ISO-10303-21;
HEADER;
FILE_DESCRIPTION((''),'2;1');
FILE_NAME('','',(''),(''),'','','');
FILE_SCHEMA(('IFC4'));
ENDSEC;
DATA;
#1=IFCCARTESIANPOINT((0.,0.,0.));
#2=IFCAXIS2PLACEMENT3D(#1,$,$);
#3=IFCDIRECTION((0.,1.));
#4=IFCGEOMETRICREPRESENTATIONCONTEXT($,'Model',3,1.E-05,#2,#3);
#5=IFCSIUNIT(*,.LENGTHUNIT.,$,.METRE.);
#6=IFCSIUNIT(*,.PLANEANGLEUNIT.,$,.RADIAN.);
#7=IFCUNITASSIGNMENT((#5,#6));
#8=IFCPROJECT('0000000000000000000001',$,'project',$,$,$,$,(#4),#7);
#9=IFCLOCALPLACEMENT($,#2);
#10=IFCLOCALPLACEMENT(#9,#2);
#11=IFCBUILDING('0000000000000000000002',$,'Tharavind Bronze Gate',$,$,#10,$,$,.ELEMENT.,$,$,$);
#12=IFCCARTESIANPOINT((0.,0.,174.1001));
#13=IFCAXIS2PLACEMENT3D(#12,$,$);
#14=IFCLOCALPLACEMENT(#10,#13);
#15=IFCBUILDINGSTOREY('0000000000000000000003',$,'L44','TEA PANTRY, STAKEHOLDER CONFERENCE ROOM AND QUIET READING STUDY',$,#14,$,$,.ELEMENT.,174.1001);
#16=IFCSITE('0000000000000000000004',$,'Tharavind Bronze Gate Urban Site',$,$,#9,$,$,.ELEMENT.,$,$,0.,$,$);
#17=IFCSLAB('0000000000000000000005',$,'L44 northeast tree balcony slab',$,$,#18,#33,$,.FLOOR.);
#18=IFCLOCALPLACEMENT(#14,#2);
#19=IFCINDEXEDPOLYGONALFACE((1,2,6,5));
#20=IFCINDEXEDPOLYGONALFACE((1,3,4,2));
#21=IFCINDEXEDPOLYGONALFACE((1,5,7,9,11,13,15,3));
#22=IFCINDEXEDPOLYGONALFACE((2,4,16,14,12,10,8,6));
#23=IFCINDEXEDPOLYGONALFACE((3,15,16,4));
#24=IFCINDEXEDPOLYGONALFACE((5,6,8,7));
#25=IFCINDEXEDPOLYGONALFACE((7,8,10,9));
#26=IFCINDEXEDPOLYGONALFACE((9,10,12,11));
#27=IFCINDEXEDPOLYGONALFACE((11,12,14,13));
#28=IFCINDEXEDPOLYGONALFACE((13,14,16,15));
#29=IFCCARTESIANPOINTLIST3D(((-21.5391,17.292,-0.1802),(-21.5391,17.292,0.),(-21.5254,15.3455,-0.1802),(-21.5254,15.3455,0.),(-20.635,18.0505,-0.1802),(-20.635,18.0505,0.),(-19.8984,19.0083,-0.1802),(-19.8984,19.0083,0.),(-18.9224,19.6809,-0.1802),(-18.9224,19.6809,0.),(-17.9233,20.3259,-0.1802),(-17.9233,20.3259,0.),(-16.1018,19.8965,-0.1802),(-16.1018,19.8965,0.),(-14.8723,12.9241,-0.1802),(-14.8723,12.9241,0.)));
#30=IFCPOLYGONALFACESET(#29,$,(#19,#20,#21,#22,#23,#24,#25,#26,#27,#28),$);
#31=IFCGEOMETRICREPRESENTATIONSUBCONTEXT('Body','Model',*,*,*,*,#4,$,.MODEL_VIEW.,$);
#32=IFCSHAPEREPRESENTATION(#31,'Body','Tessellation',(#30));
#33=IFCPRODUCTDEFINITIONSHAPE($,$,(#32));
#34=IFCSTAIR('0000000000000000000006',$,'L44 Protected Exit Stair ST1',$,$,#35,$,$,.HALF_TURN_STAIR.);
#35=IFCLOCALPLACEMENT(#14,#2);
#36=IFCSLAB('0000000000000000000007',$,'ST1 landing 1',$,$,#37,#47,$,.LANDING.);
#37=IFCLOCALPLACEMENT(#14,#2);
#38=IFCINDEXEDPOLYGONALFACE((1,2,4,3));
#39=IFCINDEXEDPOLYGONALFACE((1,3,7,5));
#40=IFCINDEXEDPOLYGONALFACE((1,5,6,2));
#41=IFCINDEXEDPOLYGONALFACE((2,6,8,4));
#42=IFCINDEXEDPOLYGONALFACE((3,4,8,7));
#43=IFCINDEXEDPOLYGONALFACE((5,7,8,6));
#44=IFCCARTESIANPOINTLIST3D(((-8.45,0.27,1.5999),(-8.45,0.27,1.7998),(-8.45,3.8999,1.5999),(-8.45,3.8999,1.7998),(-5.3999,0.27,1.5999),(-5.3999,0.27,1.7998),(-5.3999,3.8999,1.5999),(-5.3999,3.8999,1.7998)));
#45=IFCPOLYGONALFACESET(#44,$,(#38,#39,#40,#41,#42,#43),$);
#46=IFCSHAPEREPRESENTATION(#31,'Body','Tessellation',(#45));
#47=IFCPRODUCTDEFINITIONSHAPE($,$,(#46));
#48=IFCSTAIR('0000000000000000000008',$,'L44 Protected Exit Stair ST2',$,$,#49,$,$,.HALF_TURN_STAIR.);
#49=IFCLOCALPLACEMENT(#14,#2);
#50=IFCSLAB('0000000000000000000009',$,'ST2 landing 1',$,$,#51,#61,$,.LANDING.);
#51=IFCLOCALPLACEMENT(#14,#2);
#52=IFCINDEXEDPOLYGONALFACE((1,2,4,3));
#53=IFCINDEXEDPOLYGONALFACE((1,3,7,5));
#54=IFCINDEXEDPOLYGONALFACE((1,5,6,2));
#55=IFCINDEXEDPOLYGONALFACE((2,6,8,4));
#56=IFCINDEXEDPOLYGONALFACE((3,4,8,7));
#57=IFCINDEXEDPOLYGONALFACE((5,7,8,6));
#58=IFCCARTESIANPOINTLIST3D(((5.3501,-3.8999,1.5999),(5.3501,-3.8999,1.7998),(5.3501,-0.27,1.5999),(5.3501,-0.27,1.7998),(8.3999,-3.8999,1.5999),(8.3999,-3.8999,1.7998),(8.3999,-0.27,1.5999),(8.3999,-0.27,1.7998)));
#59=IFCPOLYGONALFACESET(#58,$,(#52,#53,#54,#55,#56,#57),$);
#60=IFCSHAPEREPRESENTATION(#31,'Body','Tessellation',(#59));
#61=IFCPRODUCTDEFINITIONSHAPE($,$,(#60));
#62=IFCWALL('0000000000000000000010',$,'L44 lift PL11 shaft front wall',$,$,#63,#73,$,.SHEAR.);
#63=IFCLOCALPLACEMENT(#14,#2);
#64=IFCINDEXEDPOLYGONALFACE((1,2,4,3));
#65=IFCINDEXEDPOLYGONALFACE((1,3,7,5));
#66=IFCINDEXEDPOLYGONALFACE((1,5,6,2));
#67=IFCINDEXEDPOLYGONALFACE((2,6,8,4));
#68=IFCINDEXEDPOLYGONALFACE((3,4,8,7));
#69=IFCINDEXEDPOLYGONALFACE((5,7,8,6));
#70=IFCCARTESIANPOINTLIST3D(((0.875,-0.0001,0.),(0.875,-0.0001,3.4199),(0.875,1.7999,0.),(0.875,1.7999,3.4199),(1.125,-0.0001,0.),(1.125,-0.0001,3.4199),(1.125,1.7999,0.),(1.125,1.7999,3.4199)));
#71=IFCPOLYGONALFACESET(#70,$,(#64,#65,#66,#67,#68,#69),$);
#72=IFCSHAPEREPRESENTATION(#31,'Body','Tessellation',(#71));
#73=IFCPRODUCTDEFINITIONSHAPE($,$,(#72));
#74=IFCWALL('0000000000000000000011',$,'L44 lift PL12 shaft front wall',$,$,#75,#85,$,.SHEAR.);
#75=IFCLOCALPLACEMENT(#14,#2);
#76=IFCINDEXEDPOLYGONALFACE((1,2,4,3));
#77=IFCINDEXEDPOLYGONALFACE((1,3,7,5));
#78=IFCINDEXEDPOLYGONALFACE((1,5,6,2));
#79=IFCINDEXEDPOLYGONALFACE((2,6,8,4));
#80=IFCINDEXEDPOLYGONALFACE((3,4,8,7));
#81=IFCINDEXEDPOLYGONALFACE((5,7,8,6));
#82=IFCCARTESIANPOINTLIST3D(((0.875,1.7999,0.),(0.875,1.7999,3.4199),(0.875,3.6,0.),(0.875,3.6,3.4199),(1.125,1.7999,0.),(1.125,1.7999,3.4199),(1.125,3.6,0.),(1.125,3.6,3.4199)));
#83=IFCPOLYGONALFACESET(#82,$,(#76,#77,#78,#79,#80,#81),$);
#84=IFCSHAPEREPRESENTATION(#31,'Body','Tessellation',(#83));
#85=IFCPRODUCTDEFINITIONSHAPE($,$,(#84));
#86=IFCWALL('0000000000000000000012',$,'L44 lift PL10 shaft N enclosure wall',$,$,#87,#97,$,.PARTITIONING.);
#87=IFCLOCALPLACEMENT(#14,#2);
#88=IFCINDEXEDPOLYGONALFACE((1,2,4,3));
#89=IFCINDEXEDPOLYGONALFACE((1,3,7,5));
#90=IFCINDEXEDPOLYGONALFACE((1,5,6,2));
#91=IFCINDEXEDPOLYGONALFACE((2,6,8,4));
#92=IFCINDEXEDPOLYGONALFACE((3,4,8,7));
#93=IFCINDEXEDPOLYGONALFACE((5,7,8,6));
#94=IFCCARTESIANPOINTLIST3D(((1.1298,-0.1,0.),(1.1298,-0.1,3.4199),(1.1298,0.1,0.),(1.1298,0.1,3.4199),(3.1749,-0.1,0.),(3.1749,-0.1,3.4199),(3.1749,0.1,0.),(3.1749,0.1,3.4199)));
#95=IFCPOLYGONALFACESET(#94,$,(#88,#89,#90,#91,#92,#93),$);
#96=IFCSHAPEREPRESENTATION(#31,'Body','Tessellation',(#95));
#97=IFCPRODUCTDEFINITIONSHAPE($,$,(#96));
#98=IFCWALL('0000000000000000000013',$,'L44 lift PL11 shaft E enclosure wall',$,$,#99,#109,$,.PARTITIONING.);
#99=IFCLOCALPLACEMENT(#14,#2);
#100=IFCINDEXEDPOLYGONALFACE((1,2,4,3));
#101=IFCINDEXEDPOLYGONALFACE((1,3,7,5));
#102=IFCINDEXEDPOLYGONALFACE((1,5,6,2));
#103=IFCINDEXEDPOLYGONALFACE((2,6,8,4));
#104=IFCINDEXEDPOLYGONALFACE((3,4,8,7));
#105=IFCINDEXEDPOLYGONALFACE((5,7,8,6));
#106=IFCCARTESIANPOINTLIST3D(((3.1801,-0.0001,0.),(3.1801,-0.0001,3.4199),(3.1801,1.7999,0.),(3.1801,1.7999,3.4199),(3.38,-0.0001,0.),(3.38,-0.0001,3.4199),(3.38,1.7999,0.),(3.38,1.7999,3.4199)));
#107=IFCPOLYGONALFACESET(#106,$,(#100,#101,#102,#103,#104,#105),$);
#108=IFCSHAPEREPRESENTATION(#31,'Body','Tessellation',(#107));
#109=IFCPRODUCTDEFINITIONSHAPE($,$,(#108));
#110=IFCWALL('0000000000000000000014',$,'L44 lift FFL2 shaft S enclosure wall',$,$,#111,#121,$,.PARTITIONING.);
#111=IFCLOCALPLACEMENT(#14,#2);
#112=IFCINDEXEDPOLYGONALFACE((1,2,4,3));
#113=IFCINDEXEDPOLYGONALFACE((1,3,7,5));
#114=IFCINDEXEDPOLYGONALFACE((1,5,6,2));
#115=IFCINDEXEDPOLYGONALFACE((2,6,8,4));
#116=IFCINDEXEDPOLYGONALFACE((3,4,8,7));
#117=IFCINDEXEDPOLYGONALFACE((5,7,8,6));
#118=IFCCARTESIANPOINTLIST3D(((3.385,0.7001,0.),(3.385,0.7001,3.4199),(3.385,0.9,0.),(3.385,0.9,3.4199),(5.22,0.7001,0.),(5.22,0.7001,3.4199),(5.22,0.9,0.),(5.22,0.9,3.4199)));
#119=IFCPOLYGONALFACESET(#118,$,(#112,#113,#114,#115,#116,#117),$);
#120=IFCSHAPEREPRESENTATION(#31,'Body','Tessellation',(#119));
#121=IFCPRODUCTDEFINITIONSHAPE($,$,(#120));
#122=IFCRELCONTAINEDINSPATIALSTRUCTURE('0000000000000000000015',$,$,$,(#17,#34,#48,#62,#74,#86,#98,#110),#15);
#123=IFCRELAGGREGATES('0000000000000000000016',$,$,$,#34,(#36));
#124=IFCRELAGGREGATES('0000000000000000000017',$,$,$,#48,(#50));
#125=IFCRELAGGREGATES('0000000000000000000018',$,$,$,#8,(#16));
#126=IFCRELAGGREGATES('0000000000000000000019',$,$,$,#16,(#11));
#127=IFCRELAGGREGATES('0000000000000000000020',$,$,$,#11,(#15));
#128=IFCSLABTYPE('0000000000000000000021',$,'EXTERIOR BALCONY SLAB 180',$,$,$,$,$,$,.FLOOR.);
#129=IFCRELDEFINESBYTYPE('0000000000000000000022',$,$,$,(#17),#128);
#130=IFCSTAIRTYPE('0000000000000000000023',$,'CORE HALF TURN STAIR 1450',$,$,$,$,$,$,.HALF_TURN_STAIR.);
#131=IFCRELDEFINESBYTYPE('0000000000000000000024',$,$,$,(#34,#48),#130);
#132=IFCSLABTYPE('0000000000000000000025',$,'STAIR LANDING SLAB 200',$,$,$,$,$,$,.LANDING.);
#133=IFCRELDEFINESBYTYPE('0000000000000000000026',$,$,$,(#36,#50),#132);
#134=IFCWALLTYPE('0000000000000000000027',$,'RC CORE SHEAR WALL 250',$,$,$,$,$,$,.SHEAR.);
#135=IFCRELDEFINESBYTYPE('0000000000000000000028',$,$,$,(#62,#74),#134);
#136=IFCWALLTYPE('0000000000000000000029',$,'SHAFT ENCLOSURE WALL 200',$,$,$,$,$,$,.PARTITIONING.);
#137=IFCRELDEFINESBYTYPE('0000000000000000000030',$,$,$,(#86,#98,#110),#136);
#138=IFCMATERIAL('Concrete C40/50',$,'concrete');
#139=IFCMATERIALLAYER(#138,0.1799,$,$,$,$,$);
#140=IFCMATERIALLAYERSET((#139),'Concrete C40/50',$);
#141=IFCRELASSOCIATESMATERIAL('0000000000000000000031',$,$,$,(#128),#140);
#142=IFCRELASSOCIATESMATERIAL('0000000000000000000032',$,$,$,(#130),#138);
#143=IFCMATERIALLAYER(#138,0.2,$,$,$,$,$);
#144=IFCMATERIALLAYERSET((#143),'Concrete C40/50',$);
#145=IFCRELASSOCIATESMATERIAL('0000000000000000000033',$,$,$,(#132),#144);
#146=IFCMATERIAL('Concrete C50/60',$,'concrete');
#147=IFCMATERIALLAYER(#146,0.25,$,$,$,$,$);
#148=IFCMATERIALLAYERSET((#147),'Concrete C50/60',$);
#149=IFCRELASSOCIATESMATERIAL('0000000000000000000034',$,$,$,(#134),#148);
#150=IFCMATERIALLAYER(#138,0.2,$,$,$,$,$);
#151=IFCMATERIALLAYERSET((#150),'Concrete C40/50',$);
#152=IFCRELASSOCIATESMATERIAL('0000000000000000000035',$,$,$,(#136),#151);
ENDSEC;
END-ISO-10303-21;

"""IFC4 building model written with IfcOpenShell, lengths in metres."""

from ifc_helpers import new_model, si_unit, direction, frame, frame_2d, origin, place, context, subcontext, project, spatial, polyline, rectangle, outline, extrude, material, layer, layer_set, type_object, element, aggregate, save


model = new_model("IFC4")

# Units and contexts
model_context = context("Model", 3, precision=1e-05, world=origin(), true_north=direction((0.0, 1.0)))
body_context = subcontext(model_context, "Body", "Model", "MODEL_VIEW")
ifc_project = project(units=[si_unit("LENGTHUNIT", "METRE"), si_unit("PLANEANGLEUNIT", "RADIAN")], contexts=[model_context])

# Site, building, storey
site_placement = place(None, origin())
site = spatial("IfcSite", under=ifc_project, at=site_placement, Name="Tharavind Bronze Gate Urban Site", CompositionType="ELEMENT", RefElevation=0.0)
building_placement = place(site_placement, origin())
building = spatial("IfcBuilding", under=site, at=building_placement, Name="Tharavind Bronze Gate", CompositionType="ELEMENT")
storey_placement = place(building_placement, frame((0.0, 0.0, 174.1001)))
storey = spatial("IfcBuildingStorey", under=building, at=storey_placement, Name="L44", Description="TEA PANTRY, STAKEHOLDER CONFERENCE ROOM AND QUIET READING STUDY", CompositionType="ELEMENT", Elevation=174.1001)

# Slab
ifc_material_1 = material(Name="Concrete C40/50", Category="concrete")
ifc_layer_1 = layer(ifc_material_1, 0.1799)
ifc_layer_set_1 = layer_set([ifc_layer_1], Name="Concrete C40/50")
slab_type_1 = type_object("IfcSlabType", Name="EXTERIOR BALCONY SLAB 180", PredefinedType="FLOOR", material=ifc_layer_set_1)
slab_1_placement = place(storey_placement, frame((0.0, 0.0, -0.1802)))
element("IfcSlab", 1, at=slab_1_placement, inside=storey, type_object=slab_type_1, Name="L44 northeast tree balcony slab", PredefinedType="FLOOR", context=body_context, shape_type="SweptSolid", body=[
    extrude(outline(polyline([(-17.9233, 20.3259), (-18.9224, 19.6809), (-19.8984, 19.0083), (-20.635, 18.0505), (-21.5391, 17.292), (-21.5254, 15.3455), (-14.8723, 12.9241), (-16.1018, 19.8965), (-17.9233, 20.3259)])), origin(), (0.0, 0.0, 1.0), 0.1802),
])

# Stairs, slabs
stair_type = type_object("IfcStairType", Name="CORE HALF TURN STAIR 1450", PredefinedType="HALF_TURN_STAIR", material=ifc_material_1)
stair_1_placement = place(storey_placement, origin())
stair_1 = element("IfcStair", 2, at=stair_1_placement, inside=storey, type_object=stair_type, Name="L44 Protected Exit Stair ST1", PredefinedType="HALF_TURN_STAIR")
ifc_layer_2 = layer(ifc_material_1, 0.2)
ifc_layer_set_2 = layer_set([ifc_layer_2], Name="Concrete C40/50")
slab_type_2 = type_object("IfcSlabType", Name="STAIR LANDING SLAB 200", PredefinedType="LANDING", material=ifc_layer_set_2)
slab_2_placement = place(storey_placement, frame((0.0, 0.0, 1.5999)))
slab_2 = element("IfcSlab", 3, at=slab_2_placement, type_object=slab_type_2, Name="ST1 landing 1", PredefinedType="LANDING", context=body_context, shape_type="SweptSolid", body=[
    extrude(outline(polyline([(-5.3999, 0.27), (-5.3999, 3.8999), (-8.45, 3.8999), (-8.45, 0.27), (-5.3999, 0.27)])), origin(), (0.0, 0.0, 1.0), 0.2),
])
aggregate(stair_1, [slab_2])
stair_2_placement = place(storey_placement, origin())
stair_2 = element("IfcStair", 4, at=stair_2_placement, inside=storey, type_object=stair_type, Name="L44 Protected Exit Stair ST2", PredefinedType="HALF_TURN_STAIR")
slab_3_placement = place(storey_placement, frame((0.0, 0.0, 1.5999)))
slab_3 = element("IfcSlab", 5, at=slab_3_placement, type_object=slab_type_2, Name="ST2 landing 1", PredefinedType="LANDING", context=body_context, shape_type="SweptSolid", body=[
    extrude(outline(polyline([(5.3501, -0.27), (5.3501, -3.8999), (8.3999, -3.8999), (8.3999, -0.27), (5.3501, -0.27)])), origin(), (0.0, 0.0, 1.0), 0.2),
])
aggregate(stair_2, [slab_3])

# Walls
ifc_material_2 = material(Name="Concrete C50/60", Category="concrete")
ifc_layer_3 = layer(ifc_material_2, 0.25)
ifc_layer_set_3 = layer_set([ifc_layer_3], Name="Concrete C50/60")
wall_type_1 = type_object("IfcWallType", Name="RC CORE SHEAR WALL 250", PredefinedType="SHEAR", material=ifc_layer_set_3)
for number, where, z_axis, x_axis, name in (
    (6, (1.0, 0.0, 0.0), (0.0, 0.0, 1.0), (0.0, 1.0, 0.0), "L44 lift PL11 shaft front wall"),
    (7, (1.0, 1.8, 0.0), (0.0, 0.0, 1.0), (0.0, 1.0, 0.0), "L44 lift PL12 shaft front wall"),
):
    element("IfcWall", number, at=place(storey_placement, frame(where, z_axis=z_axis, x_axis=x_axis)), inside=storey, type_object=wall_type_1, Name=name, PredefinedType="SHEAR", context=body_context, shape_type="SweptSolid", body=[
        extrude(rectangle(XDim=1.8, YDim=0.25, at=frame_2d((0.8999, 0.0))), origin(), (0.0, 0.0, 1.0), 3.4199),
    ])
ifc_layer_4 = layer(ifc_material_1, 0.2)
ifc_layer_set_4 = layer_set([ifc_layer_4], Name="Concrete C40/50")
wall_type_2 = type_object("IfcWallType", Name="SHAFT ENCLOSURE WALL 200", PredefinedType="PARTITIONING", material=ifc_layer_set_4)
wall_1_placement = place(storey_placement, frame((1.1299, 0.0, 0.0), z_axis=(0.0, 0.0, 1.0), x_axis=(1.0, 0.0, 0.0)))
element("IfcWall", 8, at=wall_1_placement, inside=storey, type_object=wall_type_2, Name="L44 lift PL10 shaft N enclosure wall", PredefinedType="PARTITIONING", context=body_context, shape_type="SweptSolid", body=[
    extrude(rectangle(XDim=2.0452, YDim=0.2, at=frame_2d((1.0225, 0.0))), origin(), (0.0, 0.0, 1.0), 3.4199),
])
wall_2_placement = place(storey_placement, frame((3.28, 0.0, 0.0), z_axis=(0.0, 0.0, 1.0), x_axis=(0.0, 1.0, 0.0)))
element("IfcWall", 9, at=wall_2_placement, inside=storey, type_object=wall_type_2, Name="L44 lift PL11 shaft E enclosure wall", PredefinedType="PARTITIONING", context=body_context, shape_type="SweptSolid", body=[
    extrude(rectangle(XDim=1.8, YDim=0.2, at=frame_2d((0.8999, 0.0))), origin(), (0.0, 0.0, 1.0), 3.4199),
])
wall_3_placement = place(storey_placement, frame((3.385, 0.8, 0.0), z_axis=(0.0, 0.0, 1.0), x_axis=(1.0, 0.0, 0.0)))
element("IfcWall", 10, at=wall_3_placement, inside=storey, type_object=wall_type_2, Name="L44 lift FFL2 shaft S enclosure wall", PredefinedType="PARTITIONING", context=body_context, shape_type="SweptSolid", body=[
    extrude(rectangle(XDim=1.835, YDim=0.2, at=frame_2d((0.9175, 0.0))), origin(), (0.0, 0.0, 1.0), 3.4199),
])

save(model, "model.ifc")
